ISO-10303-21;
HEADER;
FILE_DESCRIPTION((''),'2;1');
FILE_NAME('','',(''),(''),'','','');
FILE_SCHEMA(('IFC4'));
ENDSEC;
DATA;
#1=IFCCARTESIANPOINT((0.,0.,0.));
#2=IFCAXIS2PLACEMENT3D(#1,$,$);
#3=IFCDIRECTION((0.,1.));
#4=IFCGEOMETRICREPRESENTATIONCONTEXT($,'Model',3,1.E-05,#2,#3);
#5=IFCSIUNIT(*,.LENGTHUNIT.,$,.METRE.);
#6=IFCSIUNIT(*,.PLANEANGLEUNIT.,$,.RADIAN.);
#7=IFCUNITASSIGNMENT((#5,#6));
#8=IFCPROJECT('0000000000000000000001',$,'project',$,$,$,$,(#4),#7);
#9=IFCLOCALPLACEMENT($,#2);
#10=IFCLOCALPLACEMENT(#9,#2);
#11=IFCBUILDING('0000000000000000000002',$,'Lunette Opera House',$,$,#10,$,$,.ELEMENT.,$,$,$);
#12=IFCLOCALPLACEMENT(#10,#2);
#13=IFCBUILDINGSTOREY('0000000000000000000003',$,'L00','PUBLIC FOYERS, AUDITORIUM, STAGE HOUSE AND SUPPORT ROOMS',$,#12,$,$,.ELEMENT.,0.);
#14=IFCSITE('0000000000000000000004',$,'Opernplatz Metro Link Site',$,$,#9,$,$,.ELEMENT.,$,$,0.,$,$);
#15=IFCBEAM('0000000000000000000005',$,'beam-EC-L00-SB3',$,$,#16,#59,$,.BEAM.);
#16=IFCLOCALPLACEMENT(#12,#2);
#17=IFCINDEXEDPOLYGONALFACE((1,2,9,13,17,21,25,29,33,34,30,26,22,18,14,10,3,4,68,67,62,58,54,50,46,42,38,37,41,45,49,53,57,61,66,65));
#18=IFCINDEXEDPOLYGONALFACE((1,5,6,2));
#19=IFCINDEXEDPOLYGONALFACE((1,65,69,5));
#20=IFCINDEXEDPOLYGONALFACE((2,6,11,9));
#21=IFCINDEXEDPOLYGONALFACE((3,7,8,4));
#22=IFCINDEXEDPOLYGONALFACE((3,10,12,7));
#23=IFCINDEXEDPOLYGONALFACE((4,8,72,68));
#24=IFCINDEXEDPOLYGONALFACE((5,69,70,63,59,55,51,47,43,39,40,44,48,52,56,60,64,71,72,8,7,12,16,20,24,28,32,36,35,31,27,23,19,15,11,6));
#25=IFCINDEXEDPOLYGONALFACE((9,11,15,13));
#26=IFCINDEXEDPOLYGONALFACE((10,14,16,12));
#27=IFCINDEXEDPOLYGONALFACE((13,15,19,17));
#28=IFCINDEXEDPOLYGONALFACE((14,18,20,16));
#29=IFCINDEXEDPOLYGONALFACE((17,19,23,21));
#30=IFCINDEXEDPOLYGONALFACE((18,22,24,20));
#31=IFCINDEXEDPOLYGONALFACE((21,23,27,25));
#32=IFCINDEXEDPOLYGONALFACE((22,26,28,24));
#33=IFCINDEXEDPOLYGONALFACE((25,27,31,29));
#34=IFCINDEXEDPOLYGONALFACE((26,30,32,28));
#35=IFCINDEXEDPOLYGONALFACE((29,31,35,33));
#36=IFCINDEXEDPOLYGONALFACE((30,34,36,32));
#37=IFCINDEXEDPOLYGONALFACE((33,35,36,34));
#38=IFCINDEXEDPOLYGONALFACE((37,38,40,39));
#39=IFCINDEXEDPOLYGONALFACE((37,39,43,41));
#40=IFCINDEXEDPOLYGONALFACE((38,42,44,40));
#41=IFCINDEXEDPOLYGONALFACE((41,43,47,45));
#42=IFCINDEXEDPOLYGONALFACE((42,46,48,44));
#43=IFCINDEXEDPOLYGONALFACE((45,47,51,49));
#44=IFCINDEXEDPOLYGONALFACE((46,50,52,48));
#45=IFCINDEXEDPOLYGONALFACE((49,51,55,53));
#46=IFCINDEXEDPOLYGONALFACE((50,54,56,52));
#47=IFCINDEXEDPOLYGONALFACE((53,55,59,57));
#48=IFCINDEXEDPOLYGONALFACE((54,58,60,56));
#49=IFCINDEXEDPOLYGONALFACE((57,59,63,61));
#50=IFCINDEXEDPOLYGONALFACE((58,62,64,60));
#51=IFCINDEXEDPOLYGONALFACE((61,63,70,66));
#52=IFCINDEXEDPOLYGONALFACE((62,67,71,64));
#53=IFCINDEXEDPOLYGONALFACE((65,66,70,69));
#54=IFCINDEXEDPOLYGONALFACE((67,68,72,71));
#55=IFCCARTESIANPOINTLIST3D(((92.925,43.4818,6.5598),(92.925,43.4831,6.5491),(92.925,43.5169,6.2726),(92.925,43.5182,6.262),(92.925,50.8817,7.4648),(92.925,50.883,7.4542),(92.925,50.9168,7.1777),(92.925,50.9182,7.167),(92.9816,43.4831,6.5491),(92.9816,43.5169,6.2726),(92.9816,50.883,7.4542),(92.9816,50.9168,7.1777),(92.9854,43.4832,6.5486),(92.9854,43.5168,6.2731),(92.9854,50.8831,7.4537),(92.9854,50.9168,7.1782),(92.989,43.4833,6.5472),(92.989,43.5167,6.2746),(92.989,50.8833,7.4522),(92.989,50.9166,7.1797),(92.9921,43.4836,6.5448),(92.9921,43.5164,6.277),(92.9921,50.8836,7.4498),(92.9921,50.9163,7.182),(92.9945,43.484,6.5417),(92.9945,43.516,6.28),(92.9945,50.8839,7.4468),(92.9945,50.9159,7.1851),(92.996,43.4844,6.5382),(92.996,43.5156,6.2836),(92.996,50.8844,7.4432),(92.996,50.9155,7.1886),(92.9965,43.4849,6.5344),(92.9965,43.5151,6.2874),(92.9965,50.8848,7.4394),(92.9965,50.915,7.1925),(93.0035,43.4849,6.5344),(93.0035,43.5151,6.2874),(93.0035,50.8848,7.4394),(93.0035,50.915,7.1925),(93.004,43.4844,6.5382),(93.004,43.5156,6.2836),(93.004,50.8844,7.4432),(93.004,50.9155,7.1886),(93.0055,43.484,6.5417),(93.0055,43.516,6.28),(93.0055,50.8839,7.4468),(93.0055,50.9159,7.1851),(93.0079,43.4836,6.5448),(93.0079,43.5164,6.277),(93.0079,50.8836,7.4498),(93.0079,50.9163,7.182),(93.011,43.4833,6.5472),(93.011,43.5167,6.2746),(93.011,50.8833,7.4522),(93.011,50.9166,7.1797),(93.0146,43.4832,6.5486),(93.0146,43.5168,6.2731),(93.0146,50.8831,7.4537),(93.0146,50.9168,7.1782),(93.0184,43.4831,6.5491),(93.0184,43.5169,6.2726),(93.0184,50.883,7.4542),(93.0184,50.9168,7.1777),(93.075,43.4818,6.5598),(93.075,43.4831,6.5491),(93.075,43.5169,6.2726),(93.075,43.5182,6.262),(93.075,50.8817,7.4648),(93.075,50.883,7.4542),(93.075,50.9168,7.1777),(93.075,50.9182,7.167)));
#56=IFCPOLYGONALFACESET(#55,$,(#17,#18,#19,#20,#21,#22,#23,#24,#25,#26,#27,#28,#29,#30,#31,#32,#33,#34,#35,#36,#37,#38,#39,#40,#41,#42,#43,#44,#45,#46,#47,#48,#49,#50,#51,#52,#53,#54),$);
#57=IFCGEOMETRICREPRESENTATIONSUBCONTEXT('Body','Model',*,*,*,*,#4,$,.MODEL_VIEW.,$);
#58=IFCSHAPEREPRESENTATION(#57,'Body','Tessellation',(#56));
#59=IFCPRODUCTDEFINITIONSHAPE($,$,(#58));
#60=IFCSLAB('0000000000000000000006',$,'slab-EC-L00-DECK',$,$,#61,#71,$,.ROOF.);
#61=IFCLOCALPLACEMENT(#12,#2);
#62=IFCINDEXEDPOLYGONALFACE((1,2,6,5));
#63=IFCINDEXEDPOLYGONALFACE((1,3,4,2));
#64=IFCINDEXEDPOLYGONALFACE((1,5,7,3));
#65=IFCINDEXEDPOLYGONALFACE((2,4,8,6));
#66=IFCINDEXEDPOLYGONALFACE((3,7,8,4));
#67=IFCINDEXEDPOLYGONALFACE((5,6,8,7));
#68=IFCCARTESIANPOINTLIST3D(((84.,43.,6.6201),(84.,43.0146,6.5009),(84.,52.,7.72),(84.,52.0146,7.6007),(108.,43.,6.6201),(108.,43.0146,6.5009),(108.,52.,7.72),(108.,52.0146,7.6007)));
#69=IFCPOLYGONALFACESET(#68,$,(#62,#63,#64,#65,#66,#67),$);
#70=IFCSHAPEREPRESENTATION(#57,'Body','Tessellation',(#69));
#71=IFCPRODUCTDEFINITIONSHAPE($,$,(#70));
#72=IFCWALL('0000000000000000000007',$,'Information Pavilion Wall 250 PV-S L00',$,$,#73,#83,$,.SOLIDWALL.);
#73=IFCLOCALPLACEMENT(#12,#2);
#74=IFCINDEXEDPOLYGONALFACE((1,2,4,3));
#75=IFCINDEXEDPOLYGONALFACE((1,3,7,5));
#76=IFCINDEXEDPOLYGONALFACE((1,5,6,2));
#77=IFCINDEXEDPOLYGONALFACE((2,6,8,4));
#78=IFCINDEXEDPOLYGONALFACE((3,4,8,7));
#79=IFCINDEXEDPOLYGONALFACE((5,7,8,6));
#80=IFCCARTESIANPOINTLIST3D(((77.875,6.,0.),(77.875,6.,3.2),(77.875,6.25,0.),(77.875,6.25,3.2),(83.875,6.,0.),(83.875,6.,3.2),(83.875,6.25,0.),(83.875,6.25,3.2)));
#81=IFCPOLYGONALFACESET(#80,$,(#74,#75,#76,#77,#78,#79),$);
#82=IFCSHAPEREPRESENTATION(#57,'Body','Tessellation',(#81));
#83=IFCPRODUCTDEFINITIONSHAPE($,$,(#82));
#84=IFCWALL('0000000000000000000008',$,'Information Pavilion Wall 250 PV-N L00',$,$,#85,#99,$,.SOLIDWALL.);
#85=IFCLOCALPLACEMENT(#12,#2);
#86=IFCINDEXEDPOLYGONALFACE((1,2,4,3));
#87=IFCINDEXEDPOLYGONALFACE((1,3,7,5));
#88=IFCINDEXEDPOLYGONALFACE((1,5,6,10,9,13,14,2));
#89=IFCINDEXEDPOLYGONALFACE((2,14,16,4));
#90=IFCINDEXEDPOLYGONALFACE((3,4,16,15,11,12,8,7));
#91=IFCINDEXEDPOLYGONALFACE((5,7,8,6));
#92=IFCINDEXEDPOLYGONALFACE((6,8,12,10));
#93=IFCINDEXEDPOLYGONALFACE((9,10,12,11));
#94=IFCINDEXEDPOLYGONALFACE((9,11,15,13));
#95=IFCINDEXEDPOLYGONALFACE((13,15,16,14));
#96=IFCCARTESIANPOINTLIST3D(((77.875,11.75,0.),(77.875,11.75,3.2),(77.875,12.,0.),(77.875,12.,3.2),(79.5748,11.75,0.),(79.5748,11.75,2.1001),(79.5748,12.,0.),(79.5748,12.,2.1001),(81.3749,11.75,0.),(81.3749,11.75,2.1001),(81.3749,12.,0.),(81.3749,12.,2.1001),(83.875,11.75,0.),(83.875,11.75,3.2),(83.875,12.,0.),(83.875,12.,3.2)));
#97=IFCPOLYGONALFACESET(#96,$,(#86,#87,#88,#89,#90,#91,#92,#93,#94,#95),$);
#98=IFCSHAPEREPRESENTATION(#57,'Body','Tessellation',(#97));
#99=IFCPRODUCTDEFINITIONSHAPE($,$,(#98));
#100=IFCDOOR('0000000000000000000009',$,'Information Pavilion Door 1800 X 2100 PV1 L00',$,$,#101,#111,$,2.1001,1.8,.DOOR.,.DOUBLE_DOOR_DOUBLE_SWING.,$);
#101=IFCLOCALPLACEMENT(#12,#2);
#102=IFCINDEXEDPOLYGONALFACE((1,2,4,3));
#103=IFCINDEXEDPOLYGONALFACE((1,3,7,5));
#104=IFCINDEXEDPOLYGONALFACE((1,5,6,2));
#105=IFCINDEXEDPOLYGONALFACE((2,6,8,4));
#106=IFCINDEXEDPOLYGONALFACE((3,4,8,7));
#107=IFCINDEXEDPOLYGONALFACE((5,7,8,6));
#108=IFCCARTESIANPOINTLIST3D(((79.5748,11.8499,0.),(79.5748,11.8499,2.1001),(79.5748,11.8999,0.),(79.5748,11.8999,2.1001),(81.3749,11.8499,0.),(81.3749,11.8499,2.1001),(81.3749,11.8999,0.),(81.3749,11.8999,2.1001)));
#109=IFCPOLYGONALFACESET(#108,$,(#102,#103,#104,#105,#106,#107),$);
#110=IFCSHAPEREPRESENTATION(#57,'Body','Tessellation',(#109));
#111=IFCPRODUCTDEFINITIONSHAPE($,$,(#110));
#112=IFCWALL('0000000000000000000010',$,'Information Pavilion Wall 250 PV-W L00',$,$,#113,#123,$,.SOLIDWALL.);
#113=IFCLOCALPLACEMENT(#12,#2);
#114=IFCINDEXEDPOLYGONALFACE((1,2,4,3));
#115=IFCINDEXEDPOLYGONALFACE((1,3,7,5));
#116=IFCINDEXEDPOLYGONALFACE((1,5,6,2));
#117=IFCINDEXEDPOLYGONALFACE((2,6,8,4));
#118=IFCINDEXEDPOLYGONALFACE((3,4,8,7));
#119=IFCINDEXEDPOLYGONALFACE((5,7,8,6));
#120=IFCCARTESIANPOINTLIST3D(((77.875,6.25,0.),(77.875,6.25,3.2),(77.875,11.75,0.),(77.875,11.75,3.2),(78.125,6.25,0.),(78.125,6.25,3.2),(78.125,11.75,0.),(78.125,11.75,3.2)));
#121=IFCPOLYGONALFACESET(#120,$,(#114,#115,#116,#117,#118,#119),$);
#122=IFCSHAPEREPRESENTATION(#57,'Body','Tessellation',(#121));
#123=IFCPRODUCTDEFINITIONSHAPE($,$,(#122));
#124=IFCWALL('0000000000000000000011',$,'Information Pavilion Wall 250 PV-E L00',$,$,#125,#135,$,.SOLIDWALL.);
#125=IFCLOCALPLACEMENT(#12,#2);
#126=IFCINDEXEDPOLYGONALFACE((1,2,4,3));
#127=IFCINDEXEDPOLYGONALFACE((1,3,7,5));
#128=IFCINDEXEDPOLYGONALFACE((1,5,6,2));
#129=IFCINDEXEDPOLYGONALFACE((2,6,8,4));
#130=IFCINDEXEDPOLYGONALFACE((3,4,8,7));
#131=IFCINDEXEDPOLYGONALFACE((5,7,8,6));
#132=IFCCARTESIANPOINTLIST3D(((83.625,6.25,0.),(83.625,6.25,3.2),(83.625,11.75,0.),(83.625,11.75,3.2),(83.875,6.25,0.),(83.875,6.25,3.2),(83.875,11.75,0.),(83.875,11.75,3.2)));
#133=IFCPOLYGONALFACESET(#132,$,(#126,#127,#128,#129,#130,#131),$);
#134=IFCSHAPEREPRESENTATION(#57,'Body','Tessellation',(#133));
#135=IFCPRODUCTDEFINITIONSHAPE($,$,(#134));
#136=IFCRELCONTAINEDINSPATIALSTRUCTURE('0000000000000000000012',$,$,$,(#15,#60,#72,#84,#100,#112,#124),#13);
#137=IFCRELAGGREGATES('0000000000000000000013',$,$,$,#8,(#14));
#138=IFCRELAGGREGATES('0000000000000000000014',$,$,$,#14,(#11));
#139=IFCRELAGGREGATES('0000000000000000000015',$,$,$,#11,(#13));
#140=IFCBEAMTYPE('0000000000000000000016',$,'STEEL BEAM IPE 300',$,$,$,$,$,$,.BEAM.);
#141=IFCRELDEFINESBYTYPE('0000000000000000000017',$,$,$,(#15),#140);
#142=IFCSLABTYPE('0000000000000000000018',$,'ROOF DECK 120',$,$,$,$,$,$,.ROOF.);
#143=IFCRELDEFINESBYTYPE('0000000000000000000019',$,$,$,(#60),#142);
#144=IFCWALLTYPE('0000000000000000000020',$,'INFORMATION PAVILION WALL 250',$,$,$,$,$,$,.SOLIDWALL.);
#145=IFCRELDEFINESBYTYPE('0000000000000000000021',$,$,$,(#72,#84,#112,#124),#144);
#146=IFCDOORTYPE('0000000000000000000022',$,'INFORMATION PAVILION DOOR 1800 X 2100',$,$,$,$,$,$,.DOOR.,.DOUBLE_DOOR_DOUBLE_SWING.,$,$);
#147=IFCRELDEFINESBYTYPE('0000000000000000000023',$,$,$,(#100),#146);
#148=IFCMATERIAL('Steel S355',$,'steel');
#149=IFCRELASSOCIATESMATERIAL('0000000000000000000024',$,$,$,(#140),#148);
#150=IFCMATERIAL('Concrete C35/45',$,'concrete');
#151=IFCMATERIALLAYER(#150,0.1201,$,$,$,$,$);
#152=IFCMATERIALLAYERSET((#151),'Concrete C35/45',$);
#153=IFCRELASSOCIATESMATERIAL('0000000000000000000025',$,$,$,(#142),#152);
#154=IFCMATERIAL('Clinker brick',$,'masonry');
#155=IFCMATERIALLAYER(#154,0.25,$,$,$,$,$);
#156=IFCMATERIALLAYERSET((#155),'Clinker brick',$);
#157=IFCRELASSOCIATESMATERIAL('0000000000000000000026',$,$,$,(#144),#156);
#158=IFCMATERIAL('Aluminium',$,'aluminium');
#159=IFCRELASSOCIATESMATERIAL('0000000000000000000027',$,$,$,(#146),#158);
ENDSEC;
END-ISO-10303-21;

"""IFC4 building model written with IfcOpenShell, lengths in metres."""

from ifc_helpers import new_model, si_unit, direction, frame, frame_2d, origin, origin_2d, place, context, subcontext, project, spatial, polyline, rectangle, i_section, outline, extrude, material, layer, layer_set, material_profile, profile_set, type_object, element, fill, save


model = new_model("IFC4")

# Units and contexts
model_context = context("Model", 3, precision=1e-05, world=origin(), true_north=direction((0.0, 1.0)))
body_context = subcontext(model_context, "Body", "Model", "MODEL_VIEW")
ifc_project = project(units=[si_unit("LENGTHUNIT", "METRE"), si_unit("PLANEANGLEUNIT", "RADIAN")], contexts=[model_context])

# Site, building, storey
site_placement = place(None, origin())
site = spatial("IfcSite", under=ifc_project, at=site_placement, Name="Opernplatz Metro Link Site", CompositionType="ELEMENT", RefElevation=0.0)
building_placement = place(site_placement, origin())
building = spatial("IfcBuilding", under=site, at=building_placement, Name="Lunette Opera House", CompositionType="ELEMENT")
storey_placement = place(building_placement, origin())
storey = spatial("IfcBuildingStorey", under=building, at=storey_placement, Name="L00", Description="PUBLIC FOYERS, AUDITORIUM, STAGE HOUSE AND SUPPORT ROOMS", CompositionType="ELEMENT", Elevation=0.0)

# Beam
ifc_material_1 = material(Name="Steel S355", Category="steel")
ifc_material_profile_1 = material_profile(ifc_material_1, i_section(OverallWidth=0.1499, OverallDepth=0.3, WebThickness=0.0071, FlangeThickness=0.0107, FilletRadius=0.0149, at=origin_2d()), Name="IPE 300")
ifc_profile_set_1 = profile_set([ifc_material_profile_1], Name="Steel S355")
beam_type_1 = type_object("IfcBeamType", Name="STEEL BEAM IPE 300", PredefinedType="BEAM", material=ifc_profile_set_1)
for number, where, z_axis, x_axis, name in (
    (1, (93.0, 43.5, 6.4109), (0.0, 0.992604, 0.121398), (-1.0, 0.0, 0.0), "beam-EC-L00-SB3"),
):
    element("IfcBeam", number, at=place(storey_placement, frame(where, z_axis=z_axis, x_axis=x_axis)), inside=storey, type_object=beam_type_1, Name=name, PredefinedType="BEAM", context=body_context, shape_type="SweptSolid", body=[
        extrude(i_section(OverallWidth=0.1499, OverallDepth=0.3, WebThickness=0.0071, FlangeThickness=0.0107, FilletRadius=0.0149, at=origin_2d()), origin(), (0.0, 0.0, 1.0), 7.4551),
    ])

# Slab
ifc_material_2 = material(Name="Concrete C35/45", Category="concrete")
ifc_layer_1 = layer(ifc_material_2, 0.1201)
ifc_layer_set_1 = layer_set([ifc_layer_1], Name="Concrete C35/45")
slab_type = type_object("IfcSlabType", Name="ROOF DECK 120", PredefinedType="ROOF", material=ifc_layer_set_1)
slab_placement = place(storey_placement, frame((84.0, 43.0, 6.6201), z_axis=(0.0, -0.121304, 0.992615), x_axis=(1.0, 0.0, 0.0)))
element("IfcSlab", 2, at=slab_placement, inside=storey, type_object=slab_type, Name="slab-EC-L00-DECK", PredefinedType="ROOF", context=body_context, shape_type="SweptSolid", body=[
    extrude(outline(polyline([(0.0, 0.0), (24.0, 0.0), (24.0, 9.067), (0.0, 9.067), (0.0, 0.0)])), origin(), (0.0, 0.0, -1.0), 0.1201),
])

# Wall
ifc_material_3 = material(Name="Clinker brick", Category="masonry")
ifc_layer_2 = layer(ifc_material_3, 0.25)
ifc_layer_set_2 = layer_set([ifc_layer_2], Name="Clinker brick")
wall_type = type_object("IfcWallType", Name="INFORMATION PAVILION WALL 250", PredefinedType="SOLIDWALL", material=ifc_layer_set_2)
wall_1_placement = place(storey_placement, frame((77.875, 6.125, 0.0), z_axis=(0.0, 0.0, 1.0), x_axis=(1.0, 0.0, 0.0)))
element("IfcWall", 3, at=wall_1_placement, inside=storey, type_object=wall_type, Name="Information Pavilion Wall 250 PV-S L00", PredefinedType="SOLIDWALL", context=body_context, shape_type="SweptSolid", body=[
    extrude(rectangle(XDim=6.0, YDim=0.25, at=frame_2d((3.0, 0.0))), origin(), (0.0, 0.0, 1.0), 3.2),
])

# Wall, opening, door
wall_2_placement = place(storey_placement, frame((77.875, 11.875, 0.0), z_axis=(0.0, 0.0, 1.0), x_axis=(1.0, 0.0, 0.0)))
wall_2 = element("IfcWall", 4, at=wall_2_placement, inside=storey, type_object=wall_type, Name="Information Pavilion Wall 250 PV-N L00", PredefinedType="SOLIDWALL", context=body_context, shape_type="SweptSolid", body=[
    extrude(rectangle(XDim=6.0, YDim=0.25, at=frame_2d((3.0, 0.0))), origin(), (0.0, 0.0, 1.0), 3.2),
])
opening_placement = place(wall_2_placement, frame((1.7, 0.0, 0.0)))
opening = element("IfcOpeningElement", 5, at=opening_placement, cuts=wall_2, PredefinedType="OPENING", context=body_context, shape_type="SweptSolid", body=[
    extrude(rectangle(XDim=1.8, YDim=2.1001, at=frame_2d((0.8999, 1.05))), frame((0.0, 0.137, 0.0), z_axis=(0.0, -1.0, 0.0), x_axis=(1.0, 0.0, 0.0)), (0.0, 0.0, 1.0), 0.2739),
])
ifc_material_4 = material(Name="Aluminium", Category="aluminium")
door_type = type_object("IfcDoorType", Name="INFORMATION PAVILION DOOR 1800 X 2100", OperationType="DOUBLE_DOOR_DOUBLE_SWING", PredefinedType="DOOR", material=ifc_material_4)
door_placement = place(opening_placement, origin())
door = element("IfcDoor", 6, at=door_placement, inside=storey, type_object=door_type, Name="Information Pavilion Door 1800 X 2100 PV1 L00", OperationType="DOUBLE_DOOR_DOUBLE_SWING", OverallHeight=2.1001, OverallWidth=1.8, PredefinedType="DOOR", context=body_context, shape_type="SweptSolid", body=[
    extrude(rectangle(XDim=1.8, YDim=2.1001, at=frame_2d((0.8999, 1.05))), frame((0.0, 0.0249, 0.0), z_axis=(0.0, -1.0, 0.0), x_axis=(1.0, 0.0, 0.0)), (0.0, 0.0, 1.0), 0.05),
])
fill(opening, door)

# Walls
for number, where, z_axis, x_axis, name in (
    (7, (78.0, 6.25, 0.0), (0.0, 0.0, 1.0), (0.0, 1.0, 0.0), "Information Pavilion Wall 250 PV-W L00"),
    (8, (83.75, 6.25, 0.0), (0.0, 0.0, 1.0), (0.0, 1.0, 0.0), "Information Pavilion Wall 250 PV-E L00"),
):
    element("IfcWall", number, at=place(storey_placement, frame(where, z_axis=z_axis, x_axis=x_axis)), inside=storey, type_object=wall_type, Name=name, PredefinedType="SOLIDWALL", context=body_context, shape_type="SweptSolid", body=[
        extrude(rectangle(XDim=5.5, YDim=0.25, at=frame_2d((2.75, 0.0))), origin(), (0.0, 0.0, 1.0), 3.2),
    ])

save(model, "model.ifc")
